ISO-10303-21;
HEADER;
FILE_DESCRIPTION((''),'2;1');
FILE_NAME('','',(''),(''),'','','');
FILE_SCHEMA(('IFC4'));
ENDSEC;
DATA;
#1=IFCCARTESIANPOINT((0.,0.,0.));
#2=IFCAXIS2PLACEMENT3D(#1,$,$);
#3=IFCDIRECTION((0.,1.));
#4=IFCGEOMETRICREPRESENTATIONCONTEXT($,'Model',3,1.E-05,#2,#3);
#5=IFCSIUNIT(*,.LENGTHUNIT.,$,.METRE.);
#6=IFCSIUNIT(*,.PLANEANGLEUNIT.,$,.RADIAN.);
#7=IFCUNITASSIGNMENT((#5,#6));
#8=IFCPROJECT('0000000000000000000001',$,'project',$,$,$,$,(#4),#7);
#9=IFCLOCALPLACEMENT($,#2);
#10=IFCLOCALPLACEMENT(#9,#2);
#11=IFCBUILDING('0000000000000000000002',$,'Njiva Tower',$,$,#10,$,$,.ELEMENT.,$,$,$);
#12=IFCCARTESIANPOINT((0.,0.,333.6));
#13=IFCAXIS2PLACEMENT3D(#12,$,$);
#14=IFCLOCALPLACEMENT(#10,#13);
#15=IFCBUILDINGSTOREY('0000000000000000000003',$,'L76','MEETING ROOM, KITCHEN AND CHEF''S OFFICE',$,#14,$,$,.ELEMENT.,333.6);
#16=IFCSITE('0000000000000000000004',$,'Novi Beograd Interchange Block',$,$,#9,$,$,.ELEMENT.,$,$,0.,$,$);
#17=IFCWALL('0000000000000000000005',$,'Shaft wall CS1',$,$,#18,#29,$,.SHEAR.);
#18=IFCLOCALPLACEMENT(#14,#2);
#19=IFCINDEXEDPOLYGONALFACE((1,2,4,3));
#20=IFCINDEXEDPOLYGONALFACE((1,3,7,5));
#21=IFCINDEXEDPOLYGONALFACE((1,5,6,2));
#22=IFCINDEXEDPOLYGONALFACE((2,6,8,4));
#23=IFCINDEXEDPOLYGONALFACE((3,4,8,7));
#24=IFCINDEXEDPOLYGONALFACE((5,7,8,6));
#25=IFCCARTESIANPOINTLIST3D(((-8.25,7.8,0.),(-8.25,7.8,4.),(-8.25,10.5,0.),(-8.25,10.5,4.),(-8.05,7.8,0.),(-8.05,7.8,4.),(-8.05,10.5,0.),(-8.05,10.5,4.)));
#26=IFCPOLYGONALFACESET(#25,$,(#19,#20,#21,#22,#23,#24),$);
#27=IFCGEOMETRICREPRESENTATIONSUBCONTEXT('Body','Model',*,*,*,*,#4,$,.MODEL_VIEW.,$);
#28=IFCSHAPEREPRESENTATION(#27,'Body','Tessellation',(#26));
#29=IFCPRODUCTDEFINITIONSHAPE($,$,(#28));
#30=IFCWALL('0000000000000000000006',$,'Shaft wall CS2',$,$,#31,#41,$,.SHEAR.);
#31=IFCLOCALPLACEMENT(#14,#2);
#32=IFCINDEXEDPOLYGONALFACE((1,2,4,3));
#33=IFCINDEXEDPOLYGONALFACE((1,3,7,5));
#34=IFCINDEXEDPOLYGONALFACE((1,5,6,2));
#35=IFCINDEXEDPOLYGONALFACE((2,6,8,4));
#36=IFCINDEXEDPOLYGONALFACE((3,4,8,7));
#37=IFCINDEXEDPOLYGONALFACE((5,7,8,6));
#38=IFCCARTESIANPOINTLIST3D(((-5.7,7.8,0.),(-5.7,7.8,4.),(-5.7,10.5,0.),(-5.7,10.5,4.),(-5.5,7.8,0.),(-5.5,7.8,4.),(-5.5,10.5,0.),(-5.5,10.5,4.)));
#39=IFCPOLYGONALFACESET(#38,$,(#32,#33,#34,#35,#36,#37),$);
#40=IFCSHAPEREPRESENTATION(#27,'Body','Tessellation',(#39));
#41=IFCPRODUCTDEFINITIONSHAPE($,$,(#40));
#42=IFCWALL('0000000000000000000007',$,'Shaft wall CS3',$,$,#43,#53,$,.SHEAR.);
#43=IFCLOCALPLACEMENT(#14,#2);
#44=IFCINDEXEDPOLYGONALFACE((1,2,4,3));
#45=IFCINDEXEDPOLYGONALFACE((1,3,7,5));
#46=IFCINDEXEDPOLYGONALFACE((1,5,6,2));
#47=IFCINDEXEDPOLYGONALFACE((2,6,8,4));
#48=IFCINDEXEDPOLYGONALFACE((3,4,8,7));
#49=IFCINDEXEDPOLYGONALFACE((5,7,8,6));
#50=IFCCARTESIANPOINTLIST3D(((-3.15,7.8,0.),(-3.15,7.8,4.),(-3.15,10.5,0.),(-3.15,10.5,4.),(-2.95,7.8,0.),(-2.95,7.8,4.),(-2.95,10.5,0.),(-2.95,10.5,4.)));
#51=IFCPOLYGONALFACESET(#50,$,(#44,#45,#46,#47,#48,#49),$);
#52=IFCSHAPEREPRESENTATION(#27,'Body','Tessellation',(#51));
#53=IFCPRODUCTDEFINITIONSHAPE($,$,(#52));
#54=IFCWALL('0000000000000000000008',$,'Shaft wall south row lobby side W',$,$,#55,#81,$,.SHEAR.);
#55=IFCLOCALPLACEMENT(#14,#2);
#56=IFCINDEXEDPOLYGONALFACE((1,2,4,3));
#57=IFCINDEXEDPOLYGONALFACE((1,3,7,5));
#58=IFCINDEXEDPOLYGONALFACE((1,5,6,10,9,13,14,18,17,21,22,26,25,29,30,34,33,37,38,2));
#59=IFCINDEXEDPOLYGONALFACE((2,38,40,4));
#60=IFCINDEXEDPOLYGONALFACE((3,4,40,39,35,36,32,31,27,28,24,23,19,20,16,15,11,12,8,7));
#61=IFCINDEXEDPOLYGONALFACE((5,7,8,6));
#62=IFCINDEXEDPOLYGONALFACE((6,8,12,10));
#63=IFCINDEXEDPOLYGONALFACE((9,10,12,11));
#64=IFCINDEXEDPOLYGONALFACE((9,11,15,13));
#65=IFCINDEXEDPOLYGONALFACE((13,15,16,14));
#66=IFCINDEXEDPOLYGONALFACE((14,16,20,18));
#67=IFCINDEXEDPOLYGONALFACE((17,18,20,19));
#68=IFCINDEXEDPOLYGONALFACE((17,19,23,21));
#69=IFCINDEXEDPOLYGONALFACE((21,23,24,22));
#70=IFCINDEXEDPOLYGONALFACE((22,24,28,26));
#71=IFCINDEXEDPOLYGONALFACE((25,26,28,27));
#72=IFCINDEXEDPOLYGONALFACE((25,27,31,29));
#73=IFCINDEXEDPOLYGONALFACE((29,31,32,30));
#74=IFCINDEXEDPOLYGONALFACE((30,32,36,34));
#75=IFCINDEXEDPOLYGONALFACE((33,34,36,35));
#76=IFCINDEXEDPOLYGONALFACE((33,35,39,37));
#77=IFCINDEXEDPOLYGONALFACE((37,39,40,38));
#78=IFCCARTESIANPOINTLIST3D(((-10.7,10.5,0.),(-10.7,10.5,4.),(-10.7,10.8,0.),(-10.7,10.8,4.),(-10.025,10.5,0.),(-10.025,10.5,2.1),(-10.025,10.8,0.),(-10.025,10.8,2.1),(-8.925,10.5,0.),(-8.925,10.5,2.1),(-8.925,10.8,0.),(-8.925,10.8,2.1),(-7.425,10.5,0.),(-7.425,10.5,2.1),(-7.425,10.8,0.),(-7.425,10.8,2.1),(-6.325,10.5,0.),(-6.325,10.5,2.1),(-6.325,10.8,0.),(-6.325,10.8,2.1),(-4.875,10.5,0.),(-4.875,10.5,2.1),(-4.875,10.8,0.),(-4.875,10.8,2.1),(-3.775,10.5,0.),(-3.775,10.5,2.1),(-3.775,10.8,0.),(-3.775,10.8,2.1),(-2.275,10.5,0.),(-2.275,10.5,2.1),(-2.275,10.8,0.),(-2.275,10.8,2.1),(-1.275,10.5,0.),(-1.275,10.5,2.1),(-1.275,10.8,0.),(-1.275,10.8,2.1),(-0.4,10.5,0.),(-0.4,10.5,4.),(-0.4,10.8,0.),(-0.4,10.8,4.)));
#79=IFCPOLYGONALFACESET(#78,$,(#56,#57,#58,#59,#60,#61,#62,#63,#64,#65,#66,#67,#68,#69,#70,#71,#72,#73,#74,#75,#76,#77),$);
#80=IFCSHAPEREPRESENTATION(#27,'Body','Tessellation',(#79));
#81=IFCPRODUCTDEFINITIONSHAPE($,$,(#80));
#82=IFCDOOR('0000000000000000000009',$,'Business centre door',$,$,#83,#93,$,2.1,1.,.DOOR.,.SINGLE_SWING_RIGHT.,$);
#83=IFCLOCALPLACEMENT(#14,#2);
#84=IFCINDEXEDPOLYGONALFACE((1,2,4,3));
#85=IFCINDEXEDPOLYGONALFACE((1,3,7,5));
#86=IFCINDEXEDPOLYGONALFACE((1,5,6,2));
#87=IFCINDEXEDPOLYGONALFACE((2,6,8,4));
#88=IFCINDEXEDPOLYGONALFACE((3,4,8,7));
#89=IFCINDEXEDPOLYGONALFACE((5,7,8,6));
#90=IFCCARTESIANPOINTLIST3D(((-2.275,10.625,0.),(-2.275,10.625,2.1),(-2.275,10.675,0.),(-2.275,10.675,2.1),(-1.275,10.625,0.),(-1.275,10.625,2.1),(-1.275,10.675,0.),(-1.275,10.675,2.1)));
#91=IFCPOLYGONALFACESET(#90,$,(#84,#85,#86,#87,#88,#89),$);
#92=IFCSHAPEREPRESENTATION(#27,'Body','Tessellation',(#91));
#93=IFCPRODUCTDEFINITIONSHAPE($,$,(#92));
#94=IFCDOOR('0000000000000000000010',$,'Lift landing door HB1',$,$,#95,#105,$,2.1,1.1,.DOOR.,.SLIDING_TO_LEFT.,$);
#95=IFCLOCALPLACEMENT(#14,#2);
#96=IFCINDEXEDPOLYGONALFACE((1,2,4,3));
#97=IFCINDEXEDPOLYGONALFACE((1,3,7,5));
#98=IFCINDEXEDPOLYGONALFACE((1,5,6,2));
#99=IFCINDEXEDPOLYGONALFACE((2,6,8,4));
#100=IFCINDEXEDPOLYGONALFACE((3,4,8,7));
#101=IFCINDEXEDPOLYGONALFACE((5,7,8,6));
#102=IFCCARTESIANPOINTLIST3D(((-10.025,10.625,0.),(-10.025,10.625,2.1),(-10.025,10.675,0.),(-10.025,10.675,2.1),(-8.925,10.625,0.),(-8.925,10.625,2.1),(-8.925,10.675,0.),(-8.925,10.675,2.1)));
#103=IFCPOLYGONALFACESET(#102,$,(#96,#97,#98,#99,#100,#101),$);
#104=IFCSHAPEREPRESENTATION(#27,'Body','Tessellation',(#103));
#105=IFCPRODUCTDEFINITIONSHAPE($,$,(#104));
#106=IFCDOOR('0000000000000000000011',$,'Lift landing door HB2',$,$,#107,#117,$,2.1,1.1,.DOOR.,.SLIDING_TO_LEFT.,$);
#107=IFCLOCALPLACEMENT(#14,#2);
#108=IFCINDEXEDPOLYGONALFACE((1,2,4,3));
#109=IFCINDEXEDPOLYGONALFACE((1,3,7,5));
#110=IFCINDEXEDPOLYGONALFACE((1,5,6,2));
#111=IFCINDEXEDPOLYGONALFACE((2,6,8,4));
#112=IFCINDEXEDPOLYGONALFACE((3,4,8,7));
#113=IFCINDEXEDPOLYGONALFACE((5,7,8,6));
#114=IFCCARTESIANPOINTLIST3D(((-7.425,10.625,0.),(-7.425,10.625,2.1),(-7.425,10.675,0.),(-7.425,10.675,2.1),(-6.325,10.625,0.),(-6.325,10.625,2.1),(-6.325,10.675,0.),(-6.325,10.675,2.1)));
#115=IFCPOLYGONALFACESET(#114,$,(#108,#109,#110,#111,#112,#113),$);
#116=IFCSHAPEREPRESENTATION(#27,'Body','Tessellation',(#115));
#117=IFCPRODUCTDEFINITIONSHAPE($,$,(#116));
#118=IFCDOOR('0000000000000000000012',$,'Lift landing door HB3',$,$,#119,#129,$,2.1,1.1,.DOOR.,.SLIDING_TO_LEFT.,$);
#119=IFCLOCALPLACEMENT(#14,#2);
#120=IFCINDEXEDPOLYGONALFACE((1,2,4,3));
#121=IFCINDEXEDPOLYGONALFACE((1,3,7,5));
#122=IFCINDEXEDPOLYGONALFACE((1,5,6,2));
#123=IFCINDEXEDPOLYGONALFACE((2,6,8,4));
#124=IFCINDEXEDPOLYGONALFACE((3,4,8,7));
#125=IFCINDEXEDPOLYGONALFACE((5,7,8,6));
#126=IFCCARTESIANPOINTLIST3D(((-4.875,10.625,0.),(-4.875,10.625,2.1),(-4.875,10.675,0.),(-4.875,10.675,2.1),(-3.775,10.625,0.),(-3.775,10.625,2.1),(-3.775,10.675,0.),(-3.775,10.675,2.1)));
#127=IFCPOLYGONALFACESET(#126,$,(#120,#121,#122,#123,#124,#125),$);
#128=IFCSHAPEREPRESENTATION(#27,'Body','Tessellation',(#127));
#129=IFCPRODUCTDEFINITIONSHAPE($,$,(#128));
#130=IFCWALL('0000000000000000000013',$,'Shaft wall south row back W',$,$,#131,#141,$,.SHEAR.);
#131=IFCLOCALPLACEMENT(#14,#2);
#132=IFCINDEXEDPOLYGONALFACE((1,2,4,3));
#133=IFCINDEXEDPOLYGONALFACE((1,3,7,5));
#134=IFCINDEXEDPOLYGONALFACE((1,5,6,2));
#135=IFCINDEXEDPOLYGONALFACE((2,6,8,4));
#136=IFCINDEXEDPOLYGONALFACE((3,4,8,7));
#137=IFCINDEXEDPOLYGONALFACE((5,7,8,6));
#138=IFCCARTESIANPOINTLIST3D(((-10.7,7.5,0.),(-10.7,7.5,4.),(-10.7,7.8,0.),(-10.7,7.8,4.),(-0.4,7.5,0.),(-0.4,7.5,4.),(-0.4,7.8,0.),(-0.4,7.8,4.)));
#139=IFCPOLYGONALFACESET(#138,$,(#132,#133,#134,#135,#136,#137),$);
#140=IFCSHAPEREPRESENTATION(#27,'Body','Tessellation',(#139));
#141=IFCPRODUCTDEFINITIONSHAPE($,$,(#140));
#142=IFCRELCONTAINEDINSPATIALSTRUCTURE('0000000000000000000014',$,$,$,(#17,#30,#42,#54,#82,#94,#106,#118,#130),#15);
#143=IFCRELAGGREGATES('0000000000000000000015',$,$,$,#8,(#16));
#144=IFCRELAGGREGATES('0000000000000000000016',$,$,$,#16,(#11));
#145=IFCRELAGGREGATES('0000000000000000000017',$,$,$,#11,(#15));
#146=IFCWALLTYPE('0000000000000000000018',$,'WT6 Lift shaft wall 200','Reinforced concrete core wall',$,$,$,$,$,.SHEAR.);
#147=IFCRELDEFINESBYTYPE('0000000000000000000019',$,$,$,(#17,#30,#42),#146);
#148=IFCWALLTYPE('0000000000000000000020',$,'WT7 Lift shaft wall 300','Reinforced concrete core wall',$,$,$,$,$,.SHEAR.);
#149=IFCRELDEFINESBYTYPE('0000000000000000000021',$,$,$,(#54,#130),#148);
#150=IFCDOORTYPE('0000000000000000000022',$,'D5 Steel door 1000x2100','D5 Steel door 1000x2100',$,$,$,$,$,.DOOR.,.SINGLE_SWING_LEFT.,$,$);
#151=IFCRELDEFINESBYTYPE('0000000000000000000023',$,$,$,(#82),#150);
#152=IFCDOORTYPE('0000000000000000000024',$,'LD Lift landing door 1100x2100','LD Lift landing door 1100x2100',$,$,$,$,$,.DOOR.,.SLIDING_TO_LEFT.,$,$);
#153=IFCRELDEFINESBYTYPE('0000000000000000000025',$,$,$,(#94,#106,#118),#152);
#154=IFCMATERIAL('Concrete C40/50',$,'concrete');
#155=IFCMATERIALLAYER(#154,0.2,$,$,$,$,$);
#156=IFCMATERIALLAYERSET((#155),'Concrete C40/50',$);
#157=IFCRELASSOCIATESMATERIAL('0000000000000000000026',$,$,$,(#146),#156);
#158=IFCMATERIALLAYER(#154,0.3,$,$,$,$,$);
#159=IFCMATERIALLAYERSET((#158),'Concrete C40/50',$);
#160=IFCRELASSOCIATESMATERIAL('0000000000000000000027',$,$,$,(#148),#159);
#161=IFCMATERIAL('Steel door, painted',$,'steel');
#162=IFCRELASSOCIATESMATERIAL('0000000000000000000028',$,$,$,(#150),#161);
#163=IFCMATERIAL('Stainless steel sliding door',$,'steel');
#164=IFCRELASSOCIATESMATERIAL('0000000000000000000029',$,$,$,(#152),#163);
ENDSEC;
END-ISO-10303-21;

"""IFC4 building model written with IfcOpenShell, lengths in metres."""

from ifc_helpers import new_model, si_unit, direction, frame, frame_2d, origin, place, context, subcontext, project, spatial, rectangle, extrude, material, layer, layer_set, type_object, element, fill, save


model = new_model("IFC4")

# Units and contexts
model_context = context("Model", 3, precision=1e-05, world=origin(), true_north=direction((0.0, 1.0)))
body_context = subcontext(model_context, "Body", "Model", "MODEL_VIEW")
ifc_project = project(units=[si_unit("LENGTHUNIT", "METRE"), si_unit("PLANEANGLEUNIT", "RADIAN")], contexts=[model_context])

# Site, building, storey
site_placement = place(None, origin())
site = spatial("IfcSite", under=ifc_project, at=site_placement, Name="Novi Beograd Interchange Block", CompositionType="ELEMENT", RefElevation=0.0)
building_placement = place(site_placement, origin())
building = spatial("IfcBuilding", under=site, at=building_placement, Name="Njiva Tower", CompositionType="ELEMENT")
storey_placement = place(building_placement, frame((0.0, 0.0, 333.6)))
storey = spatial("IfcBuildingStorey", under=building, at=storey_placement, Name="L76", Description="MEETING ROOM, KITCHEN AND CHEF'S OFFICE", CompositionType="ELEMENT", Elevation=333.6)

# Walls
ifc_material_1 = material(Name="Concrete C40/50", Category="concrete")
ifc_layer_1 = layer(ifc_material_1, 0.2)
ifc_layer_set_1 = layer_set([ifc_layer_1], Name="Concrete C40/50")
wall_type_1 = type_object("IfcWallType", Name="WT6 Lift shaft wall 200", Description="Reinforced concrete core wall", PredefinedType="SHEAR", material=ifc_layer_set_1)
for number, where, z_axis, x_axis, name in (
    (1, (-8.15, 7.8, 0.0), (0.0, 0.0, 1.0), (0.0, 1.0, 0.0), "Shaft wall CS1"),
    (2, (-5.6, 7.8, 0.0), (0.0, 0.0, 1.0), (0.0, 1.0, 0.0), "Shaft wall CS2"),
    (3, (-3.05, 7.8, 0.0), (0.0, 0.0, 1.0), (0.0, 1.0, 0.0), "Shaft wall CS3"),
):
    element("IfcWall", number, at=place(storey_placement, frame(where, z_axis=z_axis, x_axis=x_axis)), inside=storey, type_object=wall_type_1, Name=name, PredefinedType="SHEAR", context=body_context, shape_type="SweptSolid", body=[
        extrude(rectangle(XDim=2.7, YDim=0.2, at=frame_2d((1.35, 0.0))), origin(), (0.0, 0.0, 1.0), 4.0),
    ])

# Wall, openings, doors
ifc_layer_2 = layer(ifc_material_1, 0.3)
ifc_layer_set_2 = layer_set([ifc_layer_2], Name="Concrete C40/50")
wall_type_2 = type_object("IfcWallType", Name="WT7 Lift shaft wall 300", Description="Reinforced concrete core wall", PredefinedType="SHEAR", material=ifc_layer_set_2)
wall_1_placement = place(storey_placement, frame((-10.7, 10.65, 0.0), z_axis=(0.0, 0.0, 1.0), x_axis=(1.0, 0.0, 0.0)))
wall_1 = element("IfcWall", 4, at=wall_1_placement, inside=storey, type_object=wall_type_2, Name="Shaft wall south row lobby side W", PredefinedType="SHEAR", context=body_context, shape_type="SweptSolid", body=[
    extrude(rectangle(XDim=10.3, YDim=0.3, at=frame_2d((5.15, 0.0))), origin(), (0.0, 0.0, 1.0), 4.0),
])
opening_1_placement = place(wall_1_placement, frame((0.675, 0.0, 0.0)))
opening_1 = element("IfcOpeningElement", 5, at=opening_1_placement, cuts=wall_1, PredefinedType="OPENING", context=body_context, shape_type="SweptSolid", body=[
    extrude(rectangle(XDim=1.1, YDim=2.1, at=frame_2d((0.55, 1.05))), frame((0.0, 0.16, 0.0), z_axis=(0.0, -1.0, 0.0), x_axis=(1.0, 0.0, 0.0)), (0.0, 0.0, 1.0), 0.32),
])
opening_2_placement = place(wall_1_placement, frame((3.275, 0.0, 0.0)))
opening_2 = element("IfcOpeningElement", 6, at=opening_2_placement, cuts=wall_1, PredefinedType="OPENING", context=body_context, shape_type="SweptSolid", body=[
    extrude(rectangle(XDim=1.1, YDim=2.1, at=frame_2d((0.55, 1.05))), frame((0.0, 0.16, 0.0), z_axis=(0.0, -1.0, 0.0), x_axis=(1.0, 0.0, 0.0)), (0.0, 0.0, 1.0), 0.32),
])
opening_3_placement = place(wall_1_placement, frame((5.825, 0.0, 0.0)))
opening_3 = element("IfcOpeningElement", 7, at=opening_3_placement, cuts=wall_1, PredefinedType="OPENING", context=body_context, shape_type="SweptSolid", body=[
    extrude(rectangle(XDim=1.1, YDim=2.1, at=frame_2d((0.55, 1.05))), frame((0.0, 0.16, 0.0), z_axis=(0.0, -1.0, 0.0), x_axis=(1.0, 0.0, 0.0)), (0.0, 0.0, 1.0), 0.32),
])
opening_4_placement = place(wall_1_placement, frame((8.425, 0.0, 0.0)))
opening_4 = element("IfcOpeningElement", 8, at=opening_4_placement, cuts=wall_1, PredefinedType="OPENING", context=body_context, shape_type="SweptSolid", body=[
    extrude(rectangle(XDim=1.0, YDim=2.1, at=frame_2d((0.5, 1.05))), frame((0.0, 0.16, 0.0), z_axis=(0.0, -1.0, 0.0), x_axis=(1.0, 0.0, 0.0)), (0.0, 0.0, 1.0), 0.32),
])
ifc_material_2 = material(Name="Steel door, painted", Category="steel")
door_type_1 = type_object("IfcDoorType", Name="D5 Steel door 1000x2100", Description="D5 Steel door 1000x2100", OperationType="SINGLE_SWING_LEFT", PredefinedType="DOOR", material=ifc_material_2)
door_1_placement = place(opening_4_placement, origin())
door_1 = element("IfcDoor", 9, at=door_1_placement, inside=storey, type_object=door_type_1, Name="Business centre door", OperationType="SINGLE_SWING_RIGHT", OverallHeight=2.1, OverallWidth=1.0, PredefinedType="DOOR", context=body_context, shape_type="SweptSolid", body=[
    extrude(rectangle(XDim=1.0, YDim=2.1, at=frame_2d((0.5, 1.05))), frame((0.0, 0.025, 0.0), z_axis=(0.0, -1.0, 0.0), x_axis=(1.0, 0.0, 0.0)), (0.0, 0.0, 1.0), 0.05),
])
fill(opening_4, door_1)
ifc_material_3 = material(Name="Stainless steel sliding door", Category="steel")
door_type_2 = type_object("IfcDoorType", Name="LD Lift landing door 1100x2100", Description="LD Lift landing door 1100x2100", OperationType="SLIDING_TO_LEFT", PredefinedType="DOOR", material=ifc_material_3)
door_2_placement = place(opening_1_placement, origin())
door_2 = element("IfcDoor", 10, at=door_2_placement, inside=storey, type_object=door_type_2, Name="Lift landing door HB1", OperationType="SLIDING_TO_LEFT", OverallHeight=2.1, OverallWidth=1.1, PredefinedType="DOOR", context=body_context, shape_type="SweptSolid", body=[
    extrude(rectangle(XDim=1.1, YDim=2.1, at=frame_2d((0.55, 1.05))), frame((0.0, 0.025, 0.0), z_axis=(0.0, -1.0, 0.0), x_axis=(1.0, 0.0, 0.0)), (0.0, 0.0, 1.0), 0.05),
])
fill(opening_1, door_2)
door_3_placement = place(opening_2_placement, origin())
door_3 = element("IfcDoor", 11, at=door_3_placement, inside=storey, type_object=door_type_2, Name="Lift landing door HB2", OperationType="SLIDING_TO_LEFT", OverallHeight=2.1, OverallWidth=1.1, PredefinedType="DOOR", context=body_context, shape_type="SweptSolid", body=[
    extrude(rectangle(XDim=1.1, YDim=2.1, at=frame_2d((0.55, 1.05))), frame((0.0, 0.025, 0.0), z_axis=(0.0, -1.0, 0.0), x_axis=(1.0, 0.0, 0.0)), (0.0, 0.0, 1.0), 0.05),
])
fill(opening_2, door_3)
door_4_placement = place(opening_3_placement, origin())
door_4 = element("IfcDoor", 12, at=door_4_placement, inside=storey, type_object=door_type_2, Name="Lift landing door HB3", OperationType="SLIDING_TO_LEFT", OverallHeight=2.1, OverallWidth=1.1, PredefinedType="DOOR", context=body_context, shape_type="SweptSolid", body=[
    extrude(rectangle(XDim=1.1, YDim=2.1, at=frame_2d((0.55, 1.05))), frame((0.0, 0.025, 0.0), z_axis=(0.0, -1.0, 0.0), x_axis=(1.0, 0.0, 0.0)), (0.0, 0.0, 1.0), 0.05),
])
fill(opening_3, door_4)

# Wall
wall_2_placement = place(storey_placement, frame((-10.7, 7.65, 0.0), z_axis=(0.0, 0.0, 1.0), x_axis=(1.0, 0.0, 0.0)))
element("IfcWall", 13, at=wall_2_placement, inside=storey, type_object=wall_type_2, Name="Shaft wall south row back W", PredefinedType="SHEAR", context=body_context, shape_type="SweptSolid", body=[
    extrude(rectangle(XDim=10.3, YDim=0.3, at=frame_2d((5.15, 0.0))), origin(), (0.0, 0.0, 1.0), 4.0),
])

save(model, "model.ifc")
